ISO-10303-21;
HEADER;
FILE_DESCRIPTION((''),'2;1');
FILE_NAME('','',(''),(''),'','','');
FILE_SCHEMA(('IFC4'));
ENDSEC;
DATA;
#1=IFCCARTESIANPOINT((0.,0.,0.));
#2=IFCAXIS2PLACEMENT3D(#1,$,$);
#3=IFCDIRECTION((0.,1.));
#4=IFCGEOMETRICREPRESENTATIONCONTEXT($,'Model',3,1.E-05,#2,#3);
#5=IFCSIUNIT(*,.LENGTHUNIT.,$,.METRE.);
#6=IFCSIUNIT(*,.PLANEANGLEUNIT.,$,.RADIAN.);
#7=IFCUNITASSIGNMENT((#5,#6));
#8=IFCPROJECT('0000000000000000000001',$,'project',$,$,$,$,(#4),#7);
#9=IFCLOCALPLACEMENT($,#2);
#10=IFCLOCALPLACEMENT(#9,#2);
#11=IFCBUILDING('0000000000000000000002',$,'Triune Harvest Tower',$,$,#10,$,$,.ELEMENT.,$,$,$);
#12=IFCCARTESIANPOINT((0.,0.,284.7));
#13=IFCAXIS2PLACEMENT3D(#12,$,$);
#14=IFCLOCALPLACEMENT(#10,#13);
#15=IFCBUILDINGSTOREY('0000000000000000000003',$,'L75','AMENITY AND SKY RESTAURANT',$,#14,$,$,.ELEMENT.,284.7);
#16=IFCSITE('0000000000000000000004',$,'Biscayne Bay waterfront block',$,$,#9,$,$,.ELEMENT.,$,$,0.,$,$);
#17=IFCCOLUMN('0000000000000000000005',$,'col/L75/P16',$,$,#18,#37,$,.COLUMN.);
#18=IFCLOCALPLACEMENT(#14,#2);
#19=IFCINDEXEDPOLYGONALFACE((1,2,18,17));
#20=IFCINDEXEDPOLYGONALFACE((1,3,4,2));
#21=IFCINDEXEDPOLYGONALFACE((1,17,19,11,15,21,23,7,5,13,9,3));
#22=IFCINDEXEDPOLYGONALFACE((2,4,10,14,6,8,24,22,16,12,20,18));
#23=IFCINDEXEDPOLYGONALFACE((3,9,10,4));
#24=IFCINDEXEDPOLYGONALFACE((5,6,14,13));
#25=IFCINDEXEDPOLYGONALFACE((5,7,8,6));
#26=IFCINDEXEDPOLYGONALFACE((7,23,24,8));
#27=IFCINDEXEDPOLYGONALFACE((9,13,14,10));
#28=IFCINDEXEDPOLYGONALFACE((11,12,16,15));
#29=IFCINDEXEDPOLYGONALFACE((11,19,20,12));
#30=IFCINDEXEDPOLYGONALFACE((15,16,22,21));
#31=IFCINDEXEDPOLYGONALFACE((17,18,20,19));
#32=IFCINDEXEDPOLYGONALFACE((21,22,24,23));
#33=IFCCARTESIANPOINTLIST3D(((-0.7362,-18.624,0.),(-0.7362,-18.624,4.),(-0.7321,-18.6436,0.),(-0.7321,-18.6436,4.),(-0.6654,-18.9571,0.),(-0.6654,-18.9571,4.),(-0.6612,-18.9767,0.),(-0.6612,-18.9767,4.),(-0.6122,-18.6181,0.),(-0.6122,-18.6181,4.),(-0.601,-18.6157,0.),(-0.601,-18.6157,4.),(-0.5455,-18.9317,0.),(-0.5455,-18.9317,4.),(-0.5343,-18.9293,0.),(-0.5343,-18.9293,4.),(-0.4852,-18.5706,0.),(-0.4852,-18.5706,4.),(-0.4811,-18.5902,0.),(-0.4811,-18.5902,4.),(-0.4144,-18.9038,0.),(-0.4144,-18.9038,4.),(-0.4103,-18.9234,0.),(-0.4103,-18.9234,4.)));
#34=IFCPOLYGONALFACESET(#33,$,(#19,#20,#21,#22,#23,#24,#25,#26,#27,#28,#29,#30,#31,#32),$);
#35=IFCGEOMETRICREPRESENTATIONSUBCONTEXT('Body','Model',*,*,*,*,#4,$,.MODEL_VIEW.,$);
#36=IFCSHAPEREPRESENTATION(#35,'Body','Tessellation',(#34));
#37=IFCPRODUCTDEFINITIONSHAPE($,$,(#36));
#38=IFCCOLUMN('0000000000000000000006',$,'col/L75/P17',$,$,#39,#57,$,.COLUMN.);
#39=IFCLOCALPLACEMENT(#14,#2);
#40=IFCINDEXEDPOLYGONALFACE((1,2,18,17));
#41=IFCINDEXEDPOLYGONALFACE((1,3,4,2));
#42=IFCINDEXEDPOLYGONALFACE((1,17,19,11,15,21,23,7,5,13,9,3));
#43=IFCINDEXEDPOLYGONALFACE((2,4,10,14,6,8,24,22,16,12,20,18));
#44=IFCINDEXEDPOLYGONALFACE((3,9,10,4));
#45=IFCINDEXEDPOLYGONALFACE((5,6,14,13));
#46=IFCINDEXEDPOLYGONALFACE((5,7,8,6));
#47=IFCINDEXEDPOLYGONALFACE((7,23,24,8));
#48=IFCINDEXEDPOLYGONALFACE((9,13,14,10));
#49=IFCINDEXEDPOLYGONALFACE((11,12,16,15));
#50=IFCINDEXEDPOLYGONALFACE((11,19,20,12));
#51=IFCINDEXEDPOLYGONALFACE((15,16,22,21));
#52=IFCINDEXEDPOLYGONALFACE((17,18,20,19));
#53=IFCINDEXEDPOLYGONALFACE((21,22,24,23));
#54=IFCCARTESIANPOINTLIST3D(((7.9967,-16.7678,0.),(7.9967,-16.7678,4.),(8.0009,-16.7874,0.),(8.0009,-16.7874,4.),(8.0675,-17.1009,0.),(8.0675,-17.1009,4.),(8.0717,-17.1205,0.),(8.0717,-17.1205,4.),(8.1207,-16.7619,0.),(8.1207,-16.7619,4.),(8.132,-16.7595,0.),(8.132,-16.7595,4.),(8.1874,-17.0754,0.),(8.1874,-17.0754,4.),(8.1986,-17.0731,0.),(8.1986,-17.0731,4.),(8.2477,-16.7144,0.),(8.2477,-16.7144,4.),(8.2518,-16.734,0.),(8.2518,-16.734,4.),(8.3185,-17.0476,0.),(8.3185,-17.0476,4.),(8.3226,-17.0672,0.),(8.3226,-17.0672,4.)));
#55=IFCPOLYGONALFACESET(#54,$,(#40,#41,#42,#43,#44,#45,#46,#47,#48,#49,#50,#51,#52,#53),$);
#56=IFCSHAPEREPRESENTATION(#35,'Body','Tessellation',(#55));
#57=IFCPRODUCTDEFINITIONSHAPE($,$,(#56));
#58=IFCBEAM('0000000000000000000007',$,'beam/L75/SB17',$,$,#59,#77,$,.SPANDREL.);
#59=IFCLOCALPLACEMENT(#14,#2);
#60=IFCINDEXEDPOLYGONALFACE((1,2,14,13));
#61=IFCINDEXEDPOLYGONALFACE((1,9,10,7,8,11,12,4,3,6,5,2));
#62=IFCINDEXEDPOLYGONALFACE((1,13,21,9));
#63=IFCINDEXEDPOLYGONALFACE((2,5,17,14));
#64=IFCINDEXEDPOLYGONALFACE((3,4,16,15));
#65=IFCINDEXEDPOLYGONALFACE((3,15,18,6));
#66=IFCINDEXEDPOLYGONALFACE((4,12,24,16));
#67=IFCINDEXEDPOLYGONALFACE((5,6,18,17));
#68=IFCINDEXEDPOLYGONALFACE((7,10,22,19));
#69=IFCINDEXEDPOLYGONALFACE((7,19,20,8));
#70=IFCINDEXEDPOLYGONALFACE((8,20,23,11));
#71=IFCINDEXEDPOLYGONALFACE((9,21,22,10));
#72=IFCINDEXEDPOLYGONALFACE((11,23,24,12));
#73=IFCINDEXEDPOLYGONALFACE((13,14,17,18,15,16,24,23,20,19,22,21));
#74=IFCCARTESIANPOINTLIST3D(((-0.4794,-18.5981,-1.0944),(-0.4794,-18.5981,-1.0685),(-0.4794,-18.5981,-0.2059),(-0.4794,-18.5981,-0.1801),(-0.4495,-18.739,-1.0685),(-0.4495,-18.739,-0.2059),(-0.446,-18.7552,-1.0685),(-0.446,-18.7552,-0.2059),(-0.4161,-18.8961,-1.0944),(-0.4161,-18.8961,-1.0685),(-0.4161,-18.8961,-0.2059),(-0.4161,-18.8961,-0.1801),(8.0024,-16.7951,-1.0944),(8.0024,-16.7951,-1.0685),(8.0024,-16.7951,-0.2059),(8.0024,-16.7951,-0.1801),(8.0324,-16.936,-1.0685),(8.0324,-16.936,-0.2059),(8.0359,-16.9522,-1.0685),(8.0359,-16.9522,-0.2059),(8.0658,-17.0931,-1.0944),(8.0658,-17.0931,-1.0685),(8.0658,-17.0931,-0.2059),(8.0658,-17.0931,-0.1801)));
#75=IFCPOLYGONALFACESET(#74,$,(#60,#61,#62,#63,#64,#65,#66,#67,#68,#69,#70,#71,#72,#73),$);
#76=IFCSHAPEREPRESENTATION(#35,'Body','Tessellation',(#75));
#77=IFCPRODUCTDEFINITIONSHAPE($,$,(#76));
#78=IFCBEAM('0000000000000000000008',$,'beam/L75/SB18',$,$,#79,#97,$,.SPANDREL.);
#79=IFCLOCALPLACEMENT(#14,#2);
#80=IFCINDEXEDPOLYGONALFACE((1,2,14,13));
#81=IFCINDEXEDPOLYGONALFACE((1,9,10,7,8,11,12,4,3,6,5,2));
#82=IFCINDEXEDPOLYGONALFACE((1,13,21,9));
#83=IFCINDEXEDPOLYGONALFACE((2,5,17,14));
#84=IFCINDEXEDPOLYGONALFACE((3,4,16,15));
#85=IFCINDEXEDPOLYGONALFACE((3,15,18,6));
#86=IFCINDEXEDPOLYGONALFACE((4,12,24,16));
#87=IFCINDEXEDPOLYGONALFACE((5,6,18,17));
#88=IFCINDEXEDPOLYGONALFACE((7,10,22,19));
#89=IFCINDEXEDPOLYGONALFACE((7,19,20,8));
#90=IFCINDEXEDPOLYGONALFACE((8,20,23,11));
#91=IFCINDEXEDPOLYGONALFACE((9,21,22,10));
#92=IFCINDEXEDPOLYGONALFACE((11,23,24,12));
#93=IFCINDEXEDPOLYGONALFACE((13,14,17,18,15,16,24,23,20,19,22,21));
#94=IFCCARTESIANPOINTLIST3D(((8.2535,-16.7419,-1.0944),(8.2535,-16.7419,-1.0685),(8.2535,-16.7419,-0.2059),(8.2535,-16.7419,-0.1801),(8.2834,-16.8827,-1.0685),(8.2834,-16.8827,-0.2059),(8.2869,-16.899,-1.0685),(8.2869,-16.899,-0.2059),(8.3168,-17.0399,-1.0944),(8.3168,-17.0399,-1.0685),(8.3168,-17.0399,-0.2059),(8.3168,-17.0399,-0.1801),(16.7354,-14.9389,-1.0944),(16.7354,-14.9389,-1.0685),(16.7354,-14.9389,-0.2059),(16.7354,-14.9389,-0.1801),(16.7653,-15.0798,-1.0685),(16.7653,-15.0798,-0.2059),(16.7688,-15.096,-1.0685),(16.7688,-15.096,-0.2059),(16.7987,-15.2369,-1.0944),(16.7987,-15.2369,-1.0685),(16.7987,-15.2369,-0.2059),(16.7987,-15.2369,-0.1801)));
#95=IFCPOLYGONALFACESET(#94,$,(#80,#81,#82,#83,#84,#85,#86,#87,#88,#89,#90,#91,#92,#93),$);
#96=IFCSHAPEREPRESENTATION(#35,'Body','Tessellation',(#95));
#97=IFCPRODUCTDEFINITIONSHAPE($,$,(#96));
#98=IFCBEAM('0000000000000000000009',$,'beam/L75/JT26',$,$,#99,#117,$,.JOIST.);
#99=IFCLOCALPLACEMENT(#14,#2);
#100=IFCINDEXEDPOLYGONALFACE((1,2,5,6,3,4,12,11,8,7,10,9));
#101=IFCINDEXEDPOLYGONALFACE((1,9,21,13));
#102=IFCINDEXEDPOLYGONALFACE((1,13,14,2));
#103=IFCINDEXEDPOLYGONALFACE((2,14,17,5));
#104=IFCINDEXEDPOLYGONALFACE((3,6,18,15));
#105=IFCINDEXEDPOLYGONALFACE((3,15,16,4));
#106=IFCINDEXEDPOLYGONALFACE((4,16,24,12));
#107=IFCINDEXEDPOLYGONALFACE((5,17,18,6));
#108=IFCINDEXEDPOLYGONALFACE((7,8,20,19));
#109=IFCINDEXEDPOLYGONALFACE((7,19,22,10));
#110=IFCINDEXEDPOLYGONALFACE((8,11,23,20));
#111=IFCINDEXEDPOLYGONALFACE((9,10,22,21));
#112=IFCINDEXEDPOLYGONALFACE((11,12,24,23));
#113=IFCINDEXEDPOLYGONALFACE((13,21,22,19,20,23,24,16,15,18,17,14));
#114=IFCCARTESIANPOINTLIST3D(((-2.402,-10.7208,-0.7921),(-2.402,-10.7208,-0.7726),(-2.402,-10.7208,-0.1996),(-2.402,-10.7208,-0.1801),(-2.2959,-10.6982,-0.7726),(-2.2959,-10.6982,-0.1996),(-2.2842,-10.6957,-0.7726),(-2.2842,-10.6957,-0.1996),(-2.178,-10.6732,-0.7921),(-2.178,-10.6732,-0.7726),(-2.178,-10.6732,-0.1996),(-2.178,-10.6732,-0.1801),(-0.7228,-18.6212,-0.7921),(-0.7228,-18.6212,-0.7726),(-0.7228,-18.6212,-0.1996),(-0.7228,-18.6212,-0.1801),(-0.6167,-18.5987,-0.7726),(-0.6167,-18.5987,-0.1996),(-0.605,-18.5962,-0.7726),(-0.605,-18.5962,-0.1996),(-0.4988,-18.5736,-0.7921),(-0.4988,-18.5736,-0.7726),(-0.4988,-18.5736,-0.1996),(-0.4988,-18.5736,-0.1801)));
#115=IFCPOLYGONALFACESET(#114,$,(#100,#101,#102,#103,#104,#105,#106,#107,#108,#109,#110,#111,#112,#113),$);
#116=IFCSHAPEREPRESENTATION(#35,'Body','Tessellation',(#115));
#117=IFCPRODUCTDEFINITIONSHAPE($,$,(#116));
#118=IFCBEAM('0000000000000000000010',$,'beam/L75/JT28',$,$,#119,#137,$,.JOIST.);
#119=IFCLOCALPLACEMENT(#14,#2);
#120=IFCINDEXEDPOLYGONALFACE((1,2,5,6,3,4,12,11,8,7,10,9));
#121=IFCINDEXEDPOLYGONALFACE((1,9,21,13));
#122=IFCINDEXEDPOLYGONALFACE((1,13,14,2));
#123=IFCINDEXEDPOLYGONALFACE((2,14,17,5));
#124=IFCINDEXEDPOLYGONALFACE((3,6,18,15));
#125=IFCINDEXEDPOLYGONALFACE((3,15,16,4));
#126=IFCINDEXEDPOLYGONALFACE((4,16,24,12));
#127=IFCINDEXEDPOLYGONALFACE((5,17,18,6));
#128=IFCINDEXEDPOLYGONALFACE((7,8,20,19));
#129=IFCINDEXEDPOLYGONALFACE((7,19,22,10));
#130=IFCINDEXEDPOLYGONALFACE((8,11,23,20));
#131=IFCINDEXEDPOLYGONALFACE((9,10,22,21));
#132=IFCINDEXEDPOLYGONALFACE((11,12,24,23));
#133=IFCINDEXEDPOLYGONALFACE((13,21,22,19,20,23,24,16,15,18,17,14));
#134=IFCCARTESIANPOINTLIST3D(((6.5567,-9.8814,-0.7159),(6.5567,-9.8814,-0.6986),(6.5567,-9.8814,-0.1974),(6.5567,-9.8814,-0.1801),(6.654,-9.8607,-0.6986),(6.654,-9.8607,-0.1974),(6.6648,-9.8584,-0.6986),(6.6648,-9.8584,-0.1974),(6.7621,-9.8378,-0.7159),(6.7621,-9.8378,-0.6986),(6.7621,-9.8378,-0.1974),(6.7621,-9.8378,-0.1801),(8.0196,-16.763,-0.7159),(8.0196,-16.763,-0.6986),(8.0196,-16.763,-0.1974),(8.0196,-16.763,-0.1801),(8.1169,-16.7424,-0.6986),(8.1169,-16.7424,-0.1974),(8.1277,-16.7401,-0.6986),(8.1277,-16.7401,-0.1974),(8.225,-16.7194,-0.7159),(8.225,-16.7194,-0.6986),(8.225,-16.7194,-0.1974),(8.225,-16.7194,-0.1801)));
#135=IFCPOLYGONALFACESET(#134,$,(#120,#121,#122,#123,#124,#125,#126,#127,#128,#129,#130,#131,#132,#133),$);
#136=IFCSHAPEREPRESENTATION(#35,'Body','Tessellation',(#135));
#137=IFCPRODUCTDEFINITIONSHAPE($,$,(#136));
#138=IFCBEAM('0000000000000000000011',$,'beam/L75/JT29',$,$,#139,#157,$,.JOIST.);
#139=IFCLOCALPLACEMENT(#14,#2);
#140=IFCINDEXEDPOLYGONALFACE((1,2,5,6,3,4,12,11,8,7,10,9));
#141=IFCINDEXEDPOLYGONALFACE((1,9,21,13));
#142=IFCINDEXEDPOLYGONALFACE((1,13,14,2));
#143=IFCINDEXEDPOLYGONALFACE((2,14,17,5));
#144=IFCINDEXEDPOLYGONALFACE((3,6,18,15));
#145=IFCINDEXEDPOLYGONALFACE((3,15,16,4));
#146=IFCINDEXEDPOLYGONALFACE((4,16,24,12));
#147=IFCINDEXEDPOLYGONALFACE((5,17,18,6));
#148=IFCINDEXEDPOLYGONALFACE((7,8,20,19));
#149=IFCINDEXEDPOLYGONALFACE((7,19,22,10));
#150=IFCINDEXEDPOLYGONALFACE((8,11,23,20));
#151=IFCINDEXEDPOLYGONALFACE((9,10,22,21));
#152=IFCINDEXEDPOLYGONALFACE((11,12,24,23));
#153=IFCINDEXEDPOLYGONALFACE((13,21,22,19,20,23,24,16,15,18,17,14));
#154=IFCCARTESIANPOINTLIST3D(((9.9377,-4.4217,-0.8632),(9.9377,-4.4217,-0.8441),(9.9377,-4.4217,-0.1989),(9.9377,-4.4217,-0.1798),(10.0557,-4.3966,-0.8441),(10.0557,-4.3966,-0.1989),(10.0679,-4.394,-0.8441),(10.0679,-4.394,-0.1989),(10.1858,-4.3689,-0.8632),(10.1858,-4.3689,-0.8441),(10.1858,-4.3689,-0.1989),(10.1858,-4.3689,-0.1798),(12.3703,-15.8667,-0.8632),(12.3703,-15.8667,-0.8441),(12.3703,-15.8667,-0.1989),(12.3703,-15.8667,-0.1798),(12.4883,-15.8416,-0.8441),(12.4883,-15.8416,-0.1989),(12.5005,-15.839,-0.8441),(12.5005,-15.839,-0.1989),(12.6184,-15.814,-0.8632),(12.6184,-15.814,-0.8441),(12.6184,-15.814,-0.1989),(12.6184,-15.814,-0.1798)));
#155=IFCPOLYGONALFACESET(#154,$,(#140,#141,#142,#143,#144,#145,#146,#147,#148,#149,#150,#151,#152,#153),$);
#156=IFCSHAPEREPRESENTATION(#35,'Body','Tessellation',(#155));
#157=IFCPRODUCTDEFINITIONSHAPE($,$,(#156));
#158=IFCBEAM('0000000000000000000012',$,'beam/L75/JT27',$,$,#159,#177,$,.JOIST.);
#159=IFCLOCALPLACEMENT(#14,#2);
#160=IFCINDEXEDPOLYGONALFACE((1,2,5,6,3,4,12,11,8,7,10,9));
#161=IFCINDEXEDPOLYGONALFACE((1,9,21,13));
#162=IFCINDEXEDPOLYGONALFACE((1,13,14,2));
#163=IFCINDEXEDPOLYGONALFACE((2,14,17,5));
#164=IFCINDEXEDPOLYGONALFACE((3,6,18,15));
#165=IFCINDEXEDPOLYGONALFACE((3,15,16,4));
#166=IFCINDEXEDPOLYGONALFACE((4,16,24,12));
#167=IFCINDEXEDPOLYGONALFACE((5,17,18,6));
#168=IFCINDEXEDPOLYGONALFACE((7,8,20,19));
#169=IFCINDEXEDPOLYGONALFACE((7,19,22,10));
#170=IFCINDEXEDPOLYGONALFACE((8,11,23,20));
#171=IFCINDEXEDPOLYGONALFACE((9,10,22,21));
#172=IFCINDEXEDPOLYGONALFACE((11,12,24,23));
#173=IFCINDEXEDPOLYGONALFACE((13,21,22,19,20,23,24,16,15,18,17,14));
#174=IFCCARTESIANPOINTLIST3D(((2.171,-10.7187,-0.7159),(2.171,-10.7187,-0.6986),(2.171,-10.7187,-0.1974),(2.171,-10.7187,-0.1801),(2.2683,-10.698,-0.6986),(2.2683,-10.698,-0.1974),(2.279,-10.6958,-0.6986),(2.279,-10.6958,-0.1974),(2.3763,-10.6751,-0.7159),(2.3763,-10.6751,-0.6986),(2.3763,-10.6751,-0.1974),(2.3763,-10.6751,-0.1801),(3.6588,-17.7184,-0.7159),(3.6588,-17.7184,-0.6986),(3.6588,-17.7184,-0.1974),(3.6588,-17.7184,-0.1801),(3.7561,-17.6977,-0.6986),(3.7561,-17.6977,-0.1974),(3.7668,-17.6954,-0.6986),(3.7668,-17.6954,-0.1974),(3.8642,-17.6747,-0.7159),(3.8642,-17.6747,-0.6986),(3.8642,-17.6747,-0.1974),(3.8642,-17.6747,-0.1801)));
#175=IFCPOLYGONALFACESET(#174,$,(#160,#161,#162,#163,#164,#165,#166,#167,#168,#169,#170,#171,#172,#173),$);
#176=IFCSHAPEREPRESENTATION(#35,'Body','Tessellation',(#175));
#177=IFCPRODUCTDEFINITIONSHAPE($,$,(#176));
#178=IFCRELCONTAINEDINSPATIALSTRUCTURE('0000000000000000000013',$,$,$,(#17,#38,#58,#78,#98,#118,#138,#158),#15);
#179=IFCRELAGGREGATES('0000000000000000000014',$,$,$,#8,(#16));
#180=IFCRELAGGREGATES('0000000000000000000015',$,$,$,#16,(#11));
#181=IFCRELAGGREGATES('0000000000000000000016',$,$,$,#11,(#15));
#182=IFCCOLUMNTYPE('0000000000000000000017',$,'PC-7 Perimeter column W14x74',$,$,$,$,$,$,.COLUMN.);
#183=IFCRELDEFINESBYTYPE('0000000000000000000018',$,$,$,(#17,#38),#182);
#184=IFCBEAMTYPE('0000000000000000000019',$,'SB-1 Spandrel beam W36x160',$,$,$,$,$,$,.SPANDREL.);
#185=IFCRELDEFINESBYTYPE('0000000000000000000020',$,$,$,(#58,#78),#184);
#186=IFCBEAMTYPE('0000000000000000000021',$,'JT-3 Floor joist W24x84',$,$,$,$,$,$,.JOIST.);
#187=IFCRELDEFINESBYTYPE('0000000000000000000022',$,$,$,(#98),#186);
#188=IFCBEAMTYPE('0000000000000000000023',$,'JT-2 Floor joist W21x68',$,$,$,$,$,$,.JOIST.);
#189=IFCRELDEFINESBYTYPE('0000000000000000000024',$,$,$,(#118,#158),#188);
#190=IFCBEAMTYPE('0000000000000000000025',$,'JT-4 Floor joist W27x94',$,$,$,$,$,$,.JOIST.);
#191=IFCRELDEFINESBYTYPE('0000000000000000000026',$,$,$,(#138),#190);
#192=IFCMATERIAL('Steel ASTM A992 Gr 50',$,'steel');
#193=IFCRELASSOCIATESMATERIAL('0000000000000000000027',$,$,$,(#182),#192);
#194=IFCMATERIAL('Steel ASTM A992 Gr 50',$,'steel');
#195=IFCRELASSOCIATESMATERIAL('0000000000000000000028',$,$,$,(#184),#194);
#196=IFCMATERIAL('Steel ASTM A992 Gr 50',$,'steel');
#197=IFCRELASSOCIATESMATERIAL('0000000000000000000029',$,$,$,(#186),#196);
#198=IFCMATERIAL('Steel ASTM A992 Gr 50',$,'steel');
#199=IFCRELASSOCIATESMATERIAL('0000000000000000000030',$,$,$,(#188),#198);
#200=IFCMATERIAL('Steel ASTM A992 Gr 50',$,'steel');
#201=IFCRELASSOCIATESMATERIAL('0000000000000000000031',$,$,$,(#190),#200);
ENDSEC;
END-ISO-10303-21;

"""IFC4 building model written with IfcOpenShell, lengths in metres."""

from ifc_helpers import new_model, si_unit, direction, frame, origin, origin_2d, place, context, subcontext, project, spatial, i_section, extrude, source, transform, mapped, material, material_profile, profile_set, type_object, element, save


model = new_model("IFC4")

# Units and contexts
model_context = context("Model", 3, precision=1e-05, world=origin(), true_north=direction((0.0, 1.0)))
body_context = subcontext(model_context, "Body", "Model", "MODEL_VIEW")
ifc_project = project(units=[si_unit("LENGTHUNIT", "METRE"), si_unit("PLANEANGLEUNIT", "RADIAN")], contexts=[model_context])

# Site, building, storey
site_placement = place(None, origin())
site = spatial("IfcSite", under=ifc_project, at=site_placement, Name="Biscayne Bay waterfront block", CompositionType="ELEMENT", RefElevation=0.0)
building_placement = place(site_placement, origin())
building = spatial("IfcBuilding", under=site, at=building_placement, Name="Triune Harvest Tower", CompositionType="ELEMENT")
storey_placement = place(building_placement, frame((0.0, 0.0, 284.7)))
storey = spatial("IfcBuildingStorey", under=building, at=storey_placement, Name="L75", Description="AMENITY AND SKY RESTAURANT", CompositionType="ELEMENT", Elevation=284.7)

# Columns
ifc_material_1 = material(Name="Steel ASTM A992 Gr 50", Category="steel")
ifc_material_profile_1 = material_profile(ifc_material_1, i_section(OverallWidth=0.2566, OverallDepth=0.3606, WebThickness=0.0115, FlangeThickness=0.02, at=origin_2d()), Name="W14x74")
ifc_profile_set_1 = profile_set([ifc_material_profile_1], Name="Steel ASTM A992 Gr 50")
column_type = type_object("IfcColumnType", Name="PC-7 Perimeter column W14x74", PredefinedType="COLUMN", material=ifc_profile_set_1)
shared_shape_1 = source(origin(), body_context, "Body", "SweptSolid", [
    extrude(i_section(OverallWidth=0.2566, OverallDepth=0.3606, WebThickness=0.0115, FlangeThickness=0.02, at=origin_2d()), origin(), (0.0, 0.0, 1.0), 4.0),
])
for number, where, z_axis, x_axis, name in (
    (1, (-0.5732, -18.7737, 0.0), (0.0, 0.0, 1.0), (0.978147, 0.207913, 0.0), "col/L75/P16"),
    (2, (8.1597, -16.9175, 0.0), (0.0, 0.0, 1.0), (0.978147, 0.207913, 0.0), "col/L75/P17"),
):
    element("IfcColumn", number, at=place(storey_placement, frame(where, z_axis=z_axis, x_axis=x_axis)), inside=storey, type_object=column_type, Name=name, PredefinedType="COLUMN", context=body_context, shape_type="MappedRepresentation", body=[
        mapped(shared_shape_1, transform((0.0, 0.0, 0.0), scale=1.0)),
    ])

# Beams
ifc_material_2 = material(Name="Steel ASTM A992 Gr 50", Category="steel")
ifc_material_profile_2 = material_profile(ifc_material_2, i_section(OverallWidth=0.3047, OverallDepth=0.9143, WebThickness=0.0166, FlangeThickness=0.0259, at=origin_2d()), Name="W36x160")
ifc_profile_set_2 = profile_set([ifc_material_profile_2], Name="Steel ASTM A992 Gr 50")
beam_type_1 = type_object("IfcBeamType", Name="SB-1 Spandrel beam W36x160", PredefinedType="SPANDREL", material=ifc_profile_set_2)
shared_shape_2 = source(origin(), body_context, "Body", "SweptSolid", [
    extrude(i_section(OverallWidth=0.3047, OverallDepth=0.9143, WebThickness=0.0166, FlangeThickness=0.0259, at=origin_2d()), origin(), (0.0, 0.0, 1.0), 8.6714),
])
for number, where, z_axis, x_axis, name in (
    (3, (-0.4478, -18.7471, -0.6372), (0.978146, 0.207921, 0.0), (-0.207921, 0.978146, 0.0), "beam/L75/SB17"),
    (4, (8.2852, -16.8909, -0.6372), (0.978146, 0.207921, 0.0), (-0.207921, 0.978146, 0.0), "beam/L75/SB18"),
):
    element("IfcBeam", number, at=place(storey_placement, frame(where, z_axis=z_axis, x_axis=x_axis)), inside=storey, type_object=beam_type_1, Name=name, PredefinedType="SPANDREL", context=body_context, shape_type="MappedRepresentation", body=[
        mapped(shared_shape_2, transform((0.0, 0.0, 0.0), scale=1.0)),
    ])
ifc_material_3 = material(Name="Steel ASTM A992 Gr 50", Category="steel")
ifc_material_profile_3 = material_profile(ifc_material_3, i_section(OverallWidth=0.229, OverallDepth=0.6121, WebThickness=0.012, FlangeThickness=0.0195, at=origin_2d()), Name="W24x84")
ifc_profile_set_3 = profile_set([ifc_material_profile_3], Name="Steel ASTM A992 Gr 50")
beam_type_2 = type_object("IfcBeamType", Name="JT-3 Floor joist W24x84", PredefinedType="JOIST", material=ifc_profile_set_3)
shared_shape_3 = source(origin(), body_context, "Body", "SweptSolid", [
    extrude(i_section(OverallWidth=0.229, OverallDepth=0.6121, WebThickness=0.012, FlangeThickness=0.0195, at=origin_2d()), origin(), (0.0, 0.0, 1.0), 8.0769),
])
beam_1_placement = place(storey_placement, frame((-0.6108, -18.5974, -0.4861), z_axis=(-0.207902, 0.97815, 0.0), x_axis=(-0.97815, -0.207902, 0.0)))
element("IfcBeam", 5, at=beam_1_placement, inside=storey, type_object=beam_type_2, Name="beam/L75/JT26", PredefinedType="JOIST", context=body_context, shape_type="MappedRepresentation", body=[
    mapped(shared_shape_3, transform((0.0, 0.0, 0.0), scale=1.0)),
])
ifc_material_4 = material(Name="Steel ASTM A992 Gr 50", Category="steel")
ifc_material_profile_4 = material_profile(ifc_material_4, i_section(OverallWidth=0.21, OverallDepth=0.5359, WebThickness=0.011, FlangeThickness=0.0173, at=origin_2d()), Name="W21x68")
ifc_profile_set_4 = profile_set([ifc_material_profile_4], Name="Steel ASTM A992 Gr 50")
beam_type_3 = type_object("IfcBeamType", Name="JT-2 Floor joist W21x68", PredefinedType="JOIST", material=ifc_profile_set_4)
shared_shape_4 = source(origin(), body_context, "Body", "SweptSolid", [
    extrude(i_section(OverallWidth=0.21, OverallDepth=0.5359, WebThickness=0.011, FlangeThickness=0.0173, at=origin_2d()), origin(), (0.0, 0.0, 1.0), 7.0354),
])
beam_2_placement = place(storey_placement, frame((8.1223, -16.7412, -0.448), z_axis=(-0.207934, 0.978143, 0.0), x_axis=(-0.978143, -0.207934, 0.0)))
element("IfcBeam", 6, at=beam_2_placement, inside=storey, type_object=beam_type_3, Name="beam/L75/JT28", PredefinedType="JOIST", context=body_context, shape_type="MappedRepresentation", body=[
    mapped(shared_shape_4, transform((0.0, 0.0, 0.0), scale=1.0)),
])
ifc_material_5 = material(Name="Steel ASTM A992 Gr 50", Category="steel")
ifc_material_profile_5 = material_profile(ifc_material_5, i_section(OverallWidth=0.2537, OverallDepth=0.6833, WebThickness=0.0125, FlangeThickness=0.019, at=origin_2d()), Name="W27x94")
ifc_profile_set_5 = profile_set([ifc_material_profile_5], Name="Steel ASTM A992 Gr 50")
beam_type_4 = type_object("IfcBeamType", Name="JT-4 Floor joist W27x94", PredefinedType="JOIST", material=ifc_profile_set_5)
shared_shape_5 = source(origin(), body_context, "Body", "SweptSolid", [
    extrude(i_section(OverallWidth=0.2537, OverallDepth=0.6833, WebThickness=0.0125, FlangeThickness=0.019, at=origin_2d()), origin(), (0.0, 0.0, 1.0), 11.7007),
])
beam_3_placement = place(storey_placement, frame((12.4944, -15.8403, -0.5215), z_axis=(-0.207903, 0.978149, 0.0), x_axis=(-0.978149, -0.207903, 0.0)))
element("IfcBeam", 7, at=beam_3_placement, inside=storey, type_object=beam_type_4, Name="beam/L75/JT29", PredefinedType="JOIST", context=body_context, shape_type="MappedRepresentation", body=[
    mapped(shared_shape_5, transform((0.0, 0.0, 0.0), scale=1.0)),
])
shared_shape_6 = source(origin(), body_context, "Body", "SweptSolid", [
    extrude(i_section(OverallWidth=0.21, OverallDepth=0.5359, WebThickness=0.011, FlangeThickness=0.0173, at=origin_2d()), origin(), (0.0, 0.0, 1.0), 7.156),
])
beam_4_placement = place(storey_placement, frame((3.7615, -17.6965, -0.448), z_axis=(-0.207912, 0.978148, 0.0), x_axis=(-0.978148, -0.207912, 0.0)))
element("IfcBeam", 8, at=beam_4_placement, inside=storey, type_object=beam_type_3, Name="beam/L75/JT27", PredefinedType="JOIST", context=body_context, shape_type="MappedRepresentation", body=[
    mapped(shared_shape_6, transform((0.0, 0.0, 0.0), scale=1.0)),
])

save(model, "model.ifc")
